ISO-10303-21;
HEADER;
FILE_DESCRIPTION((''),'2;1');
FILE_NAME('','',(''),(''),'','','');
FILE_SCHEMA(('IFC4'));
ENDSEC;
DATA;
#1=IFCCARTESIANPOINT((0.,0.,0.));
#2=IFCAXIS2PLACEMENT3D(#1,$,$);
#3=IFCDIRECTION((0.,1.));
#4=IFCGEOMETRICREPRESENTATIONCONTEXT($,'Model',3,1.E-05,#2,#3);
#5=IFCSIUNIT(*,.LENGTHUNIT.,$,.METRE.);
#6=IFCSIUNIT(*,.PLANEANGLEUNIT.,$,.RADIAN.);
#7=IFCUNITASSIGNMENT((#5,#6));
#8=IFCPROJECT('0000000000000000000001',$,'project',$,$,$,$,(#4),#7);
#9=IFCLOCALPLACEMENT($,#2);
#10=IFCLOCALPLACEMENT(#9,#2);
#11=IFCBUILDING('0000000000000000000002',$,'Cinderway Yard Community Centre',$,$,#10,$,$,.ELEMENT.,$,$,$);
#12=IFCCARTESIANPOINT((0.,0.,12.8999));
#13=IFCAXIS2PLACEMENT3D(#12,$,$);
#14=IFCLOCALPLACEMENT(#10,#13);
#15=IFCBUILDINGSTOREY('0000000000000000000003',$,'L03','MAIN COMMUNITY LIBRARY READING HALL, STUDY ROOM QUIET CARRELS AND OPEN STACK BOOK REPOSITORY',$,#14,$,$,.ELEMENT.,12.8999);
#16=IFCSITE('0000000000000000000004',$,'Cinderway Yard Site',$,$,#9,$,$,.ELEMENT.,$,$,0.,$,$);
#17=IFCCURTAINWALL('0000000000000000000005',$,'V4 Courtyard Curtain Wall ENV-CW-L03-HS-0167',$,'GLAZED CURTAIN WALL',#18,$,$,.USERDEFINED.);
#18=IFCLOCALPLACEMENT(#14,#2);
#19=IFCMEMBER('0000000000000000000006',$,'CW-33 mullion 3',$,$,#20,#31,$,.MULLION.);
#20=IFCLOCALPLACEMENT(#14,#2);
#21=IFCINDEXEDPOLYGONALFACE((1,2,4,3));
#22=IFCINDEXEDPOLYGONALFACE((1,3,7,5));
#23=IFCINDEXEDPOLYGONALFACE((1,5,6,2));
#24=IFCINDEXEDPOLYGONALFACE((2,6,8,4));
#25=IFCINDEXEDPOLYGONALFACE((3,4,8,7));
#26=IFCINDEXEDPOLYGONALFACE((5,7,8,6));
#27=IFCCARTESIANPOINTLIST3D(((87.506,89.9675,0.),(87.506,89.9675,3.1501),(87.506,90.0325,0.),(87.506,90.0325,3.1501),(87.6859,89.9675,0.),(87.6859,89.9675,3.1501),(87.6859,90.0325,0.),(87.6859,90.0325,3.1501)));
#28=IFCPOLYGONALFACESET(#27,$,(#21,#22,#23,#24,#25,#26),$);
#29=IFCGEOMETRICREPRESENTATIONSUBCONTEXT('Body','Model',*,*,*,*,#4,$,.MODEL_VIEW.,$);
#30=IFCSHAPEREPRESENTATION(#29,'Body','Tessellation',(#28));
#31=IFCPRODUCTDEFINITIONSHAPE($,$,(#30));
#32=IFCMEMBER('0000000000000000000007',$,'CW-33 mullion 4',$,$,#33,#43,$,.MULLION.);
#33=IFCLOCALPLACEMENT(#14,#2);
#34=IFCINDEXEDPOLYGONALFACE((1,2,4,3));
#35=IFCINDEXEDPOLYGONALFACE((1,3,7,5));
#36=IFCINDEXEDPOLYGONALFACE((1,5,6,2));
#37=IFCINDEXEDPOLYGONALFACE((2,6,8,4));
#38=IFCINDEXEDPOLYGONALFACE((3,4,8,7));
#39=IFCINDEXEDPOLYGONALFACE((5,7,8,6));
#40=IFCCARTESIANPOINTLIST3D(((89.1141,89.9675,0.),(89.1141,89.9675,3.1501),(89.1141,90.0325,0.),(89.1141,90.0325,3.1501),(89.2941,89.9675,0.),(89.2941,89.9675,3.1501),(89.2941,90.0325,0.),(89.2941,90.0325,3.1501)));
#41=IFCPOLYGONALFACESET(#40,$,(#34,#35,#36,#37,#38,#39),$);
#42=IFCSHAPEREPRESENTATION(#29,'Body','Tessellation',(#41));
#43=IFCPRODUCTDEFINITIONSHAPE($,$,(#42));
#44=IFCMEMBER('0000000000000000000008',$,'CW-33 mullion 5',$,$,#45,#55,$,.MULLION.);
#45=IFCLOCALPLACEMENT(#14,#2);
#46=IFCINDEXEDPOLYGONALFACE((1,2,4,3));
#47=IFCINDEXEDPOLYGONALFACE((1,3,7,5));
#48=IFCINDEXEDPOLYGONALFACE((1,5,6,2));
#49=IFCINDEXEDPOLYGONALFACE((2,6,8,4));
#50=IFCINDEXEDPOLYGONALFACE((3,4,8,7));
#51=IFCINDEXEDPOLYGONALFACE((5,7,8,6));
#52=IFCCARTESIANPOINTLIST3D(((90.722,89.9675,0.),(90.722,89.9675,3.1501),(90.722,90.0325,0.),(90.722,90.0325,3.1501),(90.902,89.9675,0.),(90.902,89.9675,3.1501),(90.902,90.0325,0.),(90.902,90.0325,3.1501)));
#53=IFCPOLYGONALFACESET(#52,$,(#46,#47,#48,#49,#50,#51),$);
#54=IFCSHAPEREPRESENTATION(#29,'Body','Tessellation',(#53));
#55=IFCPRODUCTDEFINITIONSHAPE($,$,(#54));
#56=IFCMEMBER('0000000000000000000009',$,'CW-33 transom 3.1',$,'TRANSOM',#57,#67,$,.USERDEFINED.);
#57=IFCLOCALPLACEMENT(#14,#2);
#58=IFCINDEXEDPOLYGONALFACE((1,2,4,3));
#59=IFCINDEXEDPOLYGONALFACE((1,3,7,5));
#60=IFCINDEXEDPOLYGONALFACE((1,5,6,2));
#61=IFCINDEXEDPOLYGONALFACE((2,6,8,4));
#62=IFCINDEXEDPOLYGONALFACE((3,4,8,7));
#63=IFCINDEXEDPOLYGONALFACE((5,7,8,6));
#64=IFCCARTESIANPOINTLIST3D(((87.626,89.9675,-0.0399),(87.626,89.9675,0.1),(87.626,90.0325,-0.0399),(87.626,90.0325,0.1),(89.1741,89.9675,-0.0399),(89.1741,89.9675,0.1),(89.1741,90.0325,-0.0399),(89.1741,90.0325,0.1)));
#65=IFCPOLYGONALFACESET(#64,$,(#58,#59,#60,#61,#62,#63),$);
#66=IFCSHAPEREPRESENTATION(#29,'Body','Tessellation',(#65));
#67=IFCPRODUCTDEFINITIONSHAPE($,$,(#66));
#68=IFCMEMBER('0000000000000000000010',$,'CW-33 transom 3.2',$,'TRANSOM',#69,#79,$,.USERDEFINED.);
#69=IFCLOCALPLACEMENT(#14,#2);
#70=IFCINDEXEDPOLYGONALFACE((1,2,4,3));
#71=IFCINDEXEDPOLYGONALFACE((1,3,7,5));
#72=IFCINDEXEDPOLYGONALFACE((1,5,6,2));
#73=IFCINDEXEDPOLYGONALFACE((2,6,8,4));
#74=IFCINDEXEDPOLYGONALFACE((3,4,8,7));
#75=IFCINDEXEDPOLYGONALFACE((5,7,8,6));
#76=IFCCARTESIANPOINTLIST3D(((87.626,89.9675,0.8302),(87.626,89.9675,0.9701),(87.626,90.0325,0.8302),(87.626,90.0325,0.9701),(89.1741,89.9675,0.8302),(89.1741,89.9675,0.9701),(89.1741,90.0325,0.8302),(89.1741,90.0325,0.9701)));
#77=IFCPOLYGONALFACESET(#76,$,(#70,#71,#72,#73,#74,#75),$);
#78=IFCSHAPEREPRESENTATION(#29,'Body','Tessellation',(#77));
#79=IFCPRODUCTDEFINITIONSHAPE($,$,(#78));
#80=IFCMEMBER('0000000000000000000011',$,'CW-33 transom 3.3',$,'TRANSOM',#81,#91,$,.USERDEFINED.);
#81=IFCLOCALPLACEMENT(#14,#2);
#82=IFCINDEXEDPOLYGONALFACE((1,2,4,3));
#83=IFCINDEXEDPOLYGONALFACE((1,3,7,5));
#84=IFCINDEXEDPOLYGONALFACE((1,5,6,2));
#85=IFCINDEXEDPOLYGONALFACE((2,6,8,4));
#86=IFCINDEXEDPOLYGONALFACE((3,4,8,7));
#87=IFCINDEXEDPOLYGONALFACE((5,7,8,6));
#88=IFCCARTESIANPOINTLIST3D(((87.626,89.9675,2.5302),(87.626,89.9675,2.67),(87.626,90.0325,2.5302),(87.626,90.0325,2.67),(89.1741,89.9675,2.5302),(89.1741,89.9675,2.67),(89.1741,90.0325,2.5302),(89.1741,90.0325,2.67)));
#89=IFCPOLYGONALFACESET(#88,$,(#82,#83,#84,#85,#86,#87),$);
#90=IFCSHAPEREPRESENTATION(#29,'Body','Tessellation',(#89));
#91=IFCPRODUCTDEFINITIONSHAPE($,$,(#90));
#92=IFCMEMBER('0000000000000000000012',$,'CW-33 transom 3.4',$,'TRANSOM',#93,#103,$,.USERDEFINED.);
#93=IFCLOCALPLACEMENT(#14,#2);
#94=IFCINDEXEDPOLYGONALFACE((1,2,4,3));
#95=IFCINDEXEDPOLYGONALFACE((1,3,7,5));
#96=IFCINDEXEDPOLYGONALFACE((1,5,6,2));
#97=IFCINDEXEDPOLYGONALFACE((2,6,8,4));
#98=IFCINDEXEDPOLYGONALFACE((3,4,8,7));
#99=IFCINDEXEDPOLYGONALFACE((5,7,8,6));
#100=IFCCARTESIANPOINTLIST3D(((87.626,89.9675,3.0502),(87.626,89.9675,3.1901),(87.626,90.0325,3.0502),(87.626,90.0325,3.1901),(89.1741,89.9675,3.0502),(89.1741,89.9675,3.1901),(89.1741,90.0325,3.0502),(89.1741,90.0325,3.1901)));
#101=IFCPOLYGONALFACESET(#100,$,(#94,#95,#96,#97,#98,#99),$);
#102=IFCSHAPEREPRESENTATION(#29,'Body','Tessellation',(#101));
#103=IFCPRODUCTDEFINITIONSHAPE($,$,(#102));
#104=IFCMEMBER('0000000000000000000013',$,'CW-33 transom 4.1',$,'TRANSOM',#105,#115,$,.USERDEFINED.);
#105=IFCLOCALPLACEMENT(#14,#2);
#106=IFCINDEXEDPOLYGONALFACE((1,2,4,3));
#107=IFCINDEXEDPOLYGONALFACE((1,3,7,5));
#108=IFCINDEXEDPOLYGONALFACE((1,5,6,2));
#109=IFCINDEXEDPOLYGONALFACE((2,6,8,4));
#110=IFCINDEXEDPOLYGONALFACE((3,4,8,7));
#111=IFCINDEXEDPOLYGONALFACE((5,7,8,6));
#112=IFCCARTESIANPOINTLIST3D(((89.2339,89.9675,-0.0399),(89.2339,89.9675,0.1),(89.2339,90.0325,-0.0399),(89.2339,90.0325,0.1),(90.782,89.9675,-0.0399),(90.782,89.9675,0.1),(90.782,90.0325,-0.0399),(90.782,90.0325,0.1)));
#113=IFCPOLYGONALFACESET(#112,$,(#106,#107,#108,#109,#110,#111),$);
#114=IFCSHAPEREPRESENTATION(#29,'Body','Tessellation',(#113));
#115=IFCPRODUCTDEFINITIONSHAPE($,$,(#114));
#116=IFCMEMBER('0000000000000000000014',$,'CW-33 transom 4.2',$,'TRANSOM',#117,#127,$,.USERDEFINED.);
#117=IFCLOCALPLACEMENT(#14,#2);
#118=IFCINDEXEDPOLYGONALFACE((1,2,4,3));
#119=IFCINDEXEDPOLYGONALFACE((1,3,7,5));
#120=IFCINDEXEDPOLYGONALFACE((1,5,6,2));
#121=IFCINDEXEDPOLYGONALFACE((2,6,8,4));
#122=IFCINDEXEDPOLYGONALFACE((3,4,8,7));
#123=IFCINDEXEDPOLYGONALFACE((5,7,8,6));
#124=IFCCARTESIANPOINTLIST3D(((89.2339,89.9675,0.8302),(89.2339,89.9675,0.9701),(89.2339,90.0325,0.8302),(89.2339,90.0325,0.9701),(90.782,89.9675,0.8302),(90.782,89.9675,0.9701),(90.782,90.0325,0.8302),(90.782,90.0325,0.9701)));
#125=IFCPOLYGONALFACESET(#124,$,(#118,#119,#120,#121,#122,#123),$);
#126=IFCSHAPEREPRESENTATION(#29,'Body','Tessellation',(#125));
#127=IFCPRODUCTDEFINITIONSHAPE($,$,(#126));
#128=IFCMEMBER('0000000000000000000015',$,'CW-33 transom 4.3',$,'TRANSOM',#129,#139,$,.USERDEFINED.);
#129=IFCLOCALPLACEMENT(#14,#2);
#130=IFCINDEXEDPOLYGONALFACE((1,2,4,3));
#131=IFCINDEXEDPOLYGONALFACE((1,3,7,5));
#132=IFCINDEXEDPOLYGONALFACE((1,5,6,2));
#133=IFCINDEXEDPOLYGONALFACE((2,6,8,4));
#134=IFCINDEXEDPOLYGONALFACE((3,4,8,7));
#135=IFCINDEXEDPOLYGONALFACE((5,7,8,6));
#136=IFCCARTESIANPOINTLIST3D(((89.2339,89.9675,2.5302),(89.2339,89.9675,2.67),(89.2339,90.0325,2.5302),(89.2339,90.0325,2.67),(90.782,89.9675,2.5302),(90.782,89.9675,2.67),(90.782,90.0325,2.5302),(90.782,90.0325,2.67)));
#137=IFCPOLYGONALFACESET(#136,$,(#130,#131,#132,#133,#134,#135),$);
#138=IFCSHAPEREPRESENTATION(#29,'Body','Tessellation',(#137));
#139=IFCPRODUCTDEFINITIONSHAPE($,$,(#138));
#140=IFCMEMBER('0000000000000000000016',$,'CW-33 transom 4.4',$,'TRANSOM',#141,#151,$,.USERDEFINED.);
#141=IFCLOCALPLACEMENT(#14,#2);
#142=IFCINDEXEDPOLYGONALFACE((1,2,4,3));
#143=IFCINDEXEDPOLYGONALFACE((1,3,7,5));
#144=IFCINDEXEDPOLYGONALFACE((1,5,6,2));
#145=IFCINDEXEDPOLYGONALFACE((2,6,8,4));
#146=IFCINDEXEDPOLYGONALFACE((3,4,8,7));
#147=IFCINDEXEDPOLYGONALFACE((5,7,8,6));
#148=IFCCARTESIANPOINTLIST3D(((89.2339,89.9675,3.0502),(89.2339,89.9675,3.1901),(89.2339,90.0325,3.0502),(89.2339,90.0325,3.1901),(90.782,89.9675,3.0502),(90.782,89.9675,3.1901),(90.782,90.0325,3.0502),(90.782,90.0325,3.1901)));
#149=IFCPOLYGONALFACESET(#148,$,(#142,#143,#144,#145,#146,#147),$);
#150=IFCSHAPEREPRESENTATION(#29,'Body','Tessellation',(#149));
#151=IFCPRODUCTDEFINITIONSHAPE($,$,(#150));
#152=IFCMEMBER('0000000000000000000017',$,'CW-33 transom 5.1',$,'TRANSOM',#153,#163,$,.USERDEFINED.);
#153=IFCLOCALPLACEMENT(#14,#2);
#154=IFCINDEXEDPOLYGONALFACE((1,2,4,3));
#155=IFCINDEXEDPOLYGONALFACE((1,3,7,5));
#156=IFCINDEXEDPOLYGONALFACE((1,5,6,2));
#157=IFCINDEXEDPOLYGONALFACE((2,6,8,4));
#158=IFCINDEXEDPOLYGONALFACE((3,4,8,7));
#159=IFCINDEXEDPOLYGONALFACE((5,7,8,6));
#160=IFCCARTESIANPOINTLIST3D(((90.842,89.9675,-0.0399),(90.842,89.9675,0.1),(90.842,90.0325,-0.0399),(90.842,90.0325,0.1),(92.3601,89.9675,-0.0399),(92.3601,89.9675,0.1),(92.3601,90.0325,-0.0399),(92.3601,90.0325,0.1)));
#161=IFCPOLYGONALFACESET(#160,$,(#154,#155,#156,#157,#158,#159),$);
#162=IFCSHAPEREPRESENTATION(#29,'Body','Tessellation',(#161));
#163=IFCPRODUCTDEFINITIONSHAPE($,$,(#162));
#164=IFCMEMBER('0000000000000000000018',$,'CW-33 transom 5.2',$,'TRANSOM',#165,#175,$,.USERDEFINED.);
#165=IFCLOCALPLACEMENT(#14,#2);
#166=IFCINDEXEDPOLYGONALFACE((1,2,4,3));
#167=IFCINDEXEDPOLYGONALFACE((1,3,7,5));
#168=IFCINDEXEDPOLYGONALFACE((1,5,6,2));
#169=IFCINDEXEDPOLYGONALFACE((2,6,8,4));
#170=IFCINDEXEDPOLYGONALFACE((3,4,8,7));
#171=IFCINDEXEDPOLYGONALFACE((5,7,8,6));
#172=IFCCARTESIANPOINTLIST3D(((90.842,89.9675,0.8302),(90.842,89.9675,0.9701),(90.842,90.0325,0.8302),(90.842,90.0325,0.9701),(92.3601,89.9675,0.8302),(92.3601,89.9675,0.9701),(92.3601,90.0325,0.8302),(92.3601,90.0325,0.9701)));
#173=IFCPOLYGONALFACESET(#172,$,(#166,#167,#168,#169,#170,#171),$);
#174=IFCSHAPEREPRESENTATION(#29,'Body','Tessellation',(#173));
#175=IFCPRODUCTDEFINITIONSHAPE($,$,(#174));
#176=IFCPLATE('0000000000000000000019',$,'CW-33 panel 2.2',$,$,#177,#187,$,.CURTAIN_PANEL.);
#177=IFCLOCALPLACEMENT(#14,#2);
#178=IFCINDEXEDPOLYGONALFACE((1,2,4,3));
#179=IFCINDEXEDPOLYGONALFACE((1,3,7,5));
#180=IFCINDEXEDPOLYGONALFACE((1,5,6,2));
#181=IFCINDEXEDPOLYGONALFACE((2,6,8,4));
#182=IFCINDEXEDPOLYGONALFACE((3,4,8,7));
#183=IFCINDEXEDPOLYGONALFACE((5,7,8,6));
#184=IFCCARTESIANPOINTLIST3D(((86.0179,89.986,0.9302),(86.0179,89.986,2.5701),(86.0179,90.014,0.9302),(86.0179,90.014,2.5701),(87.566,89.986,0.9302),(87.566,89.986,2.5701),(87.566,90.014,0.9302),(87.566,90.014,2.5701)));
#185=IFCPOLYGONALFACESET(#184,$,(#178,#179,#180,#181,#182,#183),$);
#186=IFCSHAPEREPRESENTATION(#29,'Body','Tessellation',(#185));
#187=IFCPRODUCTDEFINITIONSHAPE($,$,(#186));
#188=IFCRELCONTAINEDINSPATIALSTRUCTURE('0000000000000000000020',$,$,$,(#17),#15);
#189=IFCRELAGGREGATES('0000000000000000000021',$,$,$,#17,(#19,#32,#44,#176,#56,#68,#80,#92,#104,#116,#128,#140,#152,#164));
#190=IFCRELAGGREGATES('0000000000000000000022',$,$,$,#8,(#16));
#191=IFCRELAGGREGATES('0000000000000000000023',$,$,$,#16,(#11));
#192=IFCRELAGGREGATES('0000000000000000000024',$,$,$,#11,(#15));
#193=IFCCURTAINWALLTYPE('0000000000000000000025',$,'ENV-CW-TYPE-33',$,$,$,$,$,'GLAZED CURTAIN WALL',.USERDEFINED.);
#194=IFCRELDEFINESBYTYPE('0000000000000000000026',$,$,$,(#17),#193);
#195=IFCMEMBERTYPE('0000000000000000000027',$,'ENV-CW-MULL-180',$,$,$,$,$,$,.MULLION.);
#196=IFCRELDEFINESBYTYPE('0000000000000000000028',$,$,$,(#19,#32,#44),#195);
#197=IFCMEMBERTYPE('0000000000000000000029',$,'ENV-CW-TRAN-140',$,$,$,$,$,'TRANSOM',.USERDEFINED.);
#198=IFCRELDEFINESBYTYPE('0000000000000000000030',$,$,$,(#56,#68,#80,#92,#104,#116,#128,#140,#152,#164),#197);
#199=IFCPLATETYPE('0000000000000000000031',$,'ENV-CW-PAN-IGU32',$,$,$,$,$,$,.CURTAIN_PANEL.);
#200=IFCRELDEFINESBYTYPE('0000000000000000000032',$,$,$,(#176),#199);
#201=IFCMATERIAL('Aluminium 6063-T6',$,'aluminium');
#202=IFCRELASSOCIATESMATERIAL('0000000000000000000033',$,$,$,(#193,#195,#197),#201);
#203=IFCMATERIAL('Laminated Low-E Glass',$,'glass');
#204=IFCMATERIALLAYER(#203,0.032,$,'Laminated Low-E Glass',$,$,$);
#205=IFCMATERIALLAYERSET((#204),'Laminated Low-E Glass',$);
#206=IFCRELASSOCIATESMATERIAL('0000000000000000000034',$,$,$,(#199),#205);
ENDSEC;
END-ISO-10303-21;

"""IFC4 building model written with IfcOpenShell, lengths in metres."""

from ifc_helpers import new_model, si_unit, direction, frame, origin, origin_2d, place, context, subcontext, project, spatial, rectangle, extrude, material, layer, layer_set, material_profile, profile_set, type_object, element, aggregate, save


model = new_model("IFC4")

# Units and contexts
model_context = context("Model", 3, precision=1e-05, world=origin(), true_north=direction((0.0, 1.0)))
body_context = subcontext(model_context, "Body", "Model", "MODEL_VIEW")
ifc_project = project(units=[si_unit("LENGTHUNIT", "METRE"), si_unit("PLANEANGLEUNIT", "RADIAN")], contexts=[model_context])

# Site, building, storey
site_placement = place(None, origin())
site = spatial("IfcSite", under=ifc_project, at=site_placement, Name="Cinderway Yard Site", CompositionType="ELEMENT", RefElevation=0.0)
building_placement = place(site_placement, origin())
building = spatial("IfcBuilding", under=site, at=building_placement, Name="Cinderway Yard Community Centre", CompositionType="ELEMENT")
storey_placement = place(building_placement, frame((0.0, 0.0, 12.8999)))
storey = spatial("IfcBuildingStorey", under=building, at=storey_placement, Name="L03", Description="MAIN COMMUNITY LIBRARY READING HALL, STUDY ROOM QUIET CARRELS AND OPEN STACK BOOK REPOSITORY", CompositionType="ELEMENT", Elevation=12.8999)

# Curtain wall, members, plate
ifc_material_1 = material(Name="Aluminium 6063-T6", Category="aluminium")
curtain_wall_type = type_object("IfcCurtainWallType", Name="ENV-CW-TYPE-33", ElementType="GLAZED CURTAIN WALL", PredefinedType="USERDEFINED", material=ifc_material_1)
curtain_wall_placement = place(storey_placement, origin())
curtain_wall = element("IfcCurtainWall", 1, at=curtain_wall_placement, inside=storey, type_object=curtain_wall_type, Name="V4 Courtyard Curtain Wall ENV-CW-L03-HS-0167", ObjectType="GLAZED CURTAIN WALL", PredefinedType="USERDEFINED")
ifc_material_profile_1 = material_profile(ifc_material_1, rectangle(XDim=0.0649, YDim=0.1799, at=origin_2d()), Name="Aluminium 6063-T6")
ifc_profile_set_1 = profile_set([ifc_material_profile_1], Name="Aluminium 6063-T6")
member_type_1 = type_object("IfcMemberType", Name="ENV-CW-MULL-180", PredefinedType="MULLION", material=ifc_profile_set_1)
member_1_placement = place(storey_placement, frame((87.5959, 90.0, 0.0), z_axis=(0.0, 0.0, 1.0), x_axis=(0.0, 1.0, 0.0)))
member_1 = element("IfcMember", 2, at=member_1_placement, type_object=member_type_1, Name="CW-33 mullion 3", PredefinedType="MULLION", context=body_context, shape_type="SweptSolid", body=[
    extrude(rectangle(XDim=0.0649, YDim=0.1799, at=origin_2d()), origin(), (0.0, 0.0, 1.0), 3.1501),
])
member_2_placement = place(storey_placement, frame((89.2041, 90.0, 0.0), z_axis=(0.0, 0.0, 1.0), x_axis=(0.0, 1.0, 0.0)))
member_2 = element("IfcMember", 3, at=member_2_placement, type_object=member_type_1, Name="CW-33 mullion 4", PredefinedType="MULLION", context=body_context, shape_type="SweptSolid", body=[
    extrude(rectangle(XDim=0.0649, YDim=0.1799, at=origin_2d()), origin(), (0.0, 0.0, 1.0), 3.1501),
])
member_3_placement = place(storey_placement, frame((90.812, 90.0, 0.0), z_axis=(0.0, 0.0, 1.0), x_axis=(0.0, 1.0, 0.0)))
member_3 = element("IfcMember", 4, at=member_3_placement, type_object=member_type_1, Name="CW-33 mullion 5", PredefinedType="MULLION", context=body_context, shape_type="SweptSolid", body=[
    extrude(rectangle(XDim=0.0649, YDim=0.1799, at=origin_2d()), origin(), (0.0, 0.0, 1.0), 3.1501),
])
ifc_material_profile_2 = material_profile(ifc_material_1, rectangle(XDim=0.0649, YDim=0.1399, at=origin_2d()), Name="Aluminium 6063-T6")
ifc_profile_set_2 = profile_set([ifc_material_profile_2], Name="Aluminium 6063-T6")
member_type_2 = type_object("IfcMemberType", Name="ENV-CW-TRAN-140", ElementType="TRANSOM", PredefinedType="USERDEFINED", material=ifc_profile_set_2)
member_4_placement = place(storey_placement, frame((87.626, 90.0, 0.03), z_axis=(1.0, 0.0, 0.0), x_axis=(0.0, 1.0, 0.0)))
member_4 = element("IfcMember", 5, at=member_4_placement, type_object=member_type_2, Name="CW-33 transom 3.1", ObjectType="TRANSOM", PredefinedType="USERDEFINED", context=body_context, shape_type="SweptSolid", body=[
    extrude(rectangle(XDim=0.0649, YDim=0.1399, at=origin_2d()), origin(), (0.0, 0.0, 1.0), 1.5481),
])
member_5_placement = place(storey_placement, frame((87.626, 90.0, 0.9001), z_axis=(1.0, 0.0, 0.0), x_axis=(0.0, 1.0, 0.0)))
member_5 = element("IfcMember", 6, at=member_5_placement, type_object=member_type_2, Name="CW-33 transom 3.2", ObjectType="TRANSOM", PredefinedType="USERDEFINED", context=body_context, shape_type="SweptSolid", body=[
    extrude(rectangle(XDim=0.0649, YDim=0.1399, at=origin_2d()), origin(), (0.0, 0.0, 1.0), 1.5481),
])
member_6_placement = place(storey_placement, frame((87.626, 90.0, 2.6001), z_axis=(1.0, 0.0, 0.0), x_axis=(0.0, 1.0, 0.0)))
member_6 = element("IfcMember", 7, at=member_6_placement, type_object=member_type_2, Name="CW-33 transom 3.3", ObjectType="TRANSOM", PredefinedType="USERDEFINED", context=body_context, shape_type="SweptSolid", body=[
    extrude(rectangle(XDim=0.0649, YDim=0.1399, at=origin_2d()), origin(), (0.0, 0.0, 1.0), 1.5481),
])
member_7_placement = place(storey_placement, frame((87.626, 90.0, 3.1201), z_axis=(1.0, 0.0, 0.0), x_axis=(0.0, 1.0, 0.0)))
member_7 = element("IfcMember", 8, at=member_7_placement, type_object=member_type_2, Name="CW-33 transom 3.4", ObjectType="TRANSOM", PredefinedType="USERDEFINED", context=body_context, shape_type="SweptSolid", body=[
    extrude(rectangle(XDim=0.0649, YDim=0.1399, at=origin_2d()), origin(), (0.0, 0.0, 1.0), 1.5481),
])
member_8_placement = place(storey_placement, frame((89.2339, 90.0, 0.03), z_axis=(1.0, 0.0, 0.0), x_axis=(0.0, 1.0, 0.0)))
member_8 = element("IfcMember", 9, at=member_8_placement, type_object=member_type_2, Name="CW-33 transom 4.1", ObjectType="TRANSOM", PredefinedType="USERDEFINED", context=body_context, shape_type="SweptSolid", body=[
    extrude(rectangle(XDim=0.0649, YDim=0.1399, at=origin_2d()), origin(), (0.0, 0.0, 1.0), 1.5481),
])
member_9_placement = place(storey_placement, frame((89.2339, 90.0, 0.9001), z_axis=(1.0, 0.0, 0.0), x_axis=(0.0, 1.0, 0.0)))
member_9 = element("IfcMember", 10, at=member_9_placement, type_object=member_type_2, Name="CW-33 transom 4.2", ObjectType="TRANSOM", PredefinedType="USERDEFINED", context=body_context, shape_type="SweptSolid", body=[
    extrude(rectangle(XDim=0.0649, YDim=0.1399, at=origin_2d()), origin(), (0.0, 0.0, 1.0), 1.5481),
])
member_10_placement = place(storey_placement, frame((89.2339, 90.0, 2.6001), z_axis=(1.0, 0.0, 0.0), x_axis=(0.0, 1.0, 0.0)))
member_10 = element("IfcMember", 11, at=member_10_placement, type_object=member_type_2, Name="CW-33 transom 4.3", ObjectType="TRANSOM", PredefinedType="USERDEFINED", context=body_context, shape_type="SweptSolid", body=[
    extrude(rectangle(XDim=0.0649, YDim=0.1399, at=origin_2d()), origin(), (0.0, 0.0, 1.0), 1.5481),
])
member_11_placement = place(storey_placement, frame((89.2339, 90.0, 3.1201), z_axis=(1.0, 0.0, 0.0), x_axis=(0.0, 1.0, 0.0)))
member_11 = element("IfcMember", 12, at=member_11_placement, type_object=member_type_2, Name="CW-33 transom 4.4", ObjectType="TRANSOM", PredefinedType="USERDEFINED", context=body_context, shape_type="SweptSolid", body=[
    extrude(rectangle(XDim=0.0649, YDim=0.1399, at=origin_2d()), origin(), (0.0, 0.0, 1.0), 1.5481),
])
member_12_placement = place(storey_placement, frame((90.842, 90.0, 0.03), z_axis=(1.0, 0.0, 0.0), x_axis=(0.0, 1.0, 0.0)))
member_12 = element("IfcMember", 13, at=member_12_placement, type_object=member_type_2, Name="CW-33 transom 5.1", ObjectType="TRANSOM", PredefinedType="USERDEFINED", context=body_context, shape_type="SweptSolid", body=[
    extrude(rectangle(XDim=0.0649, YDim=0.1399, at=origin_2d()), origin(), (0.0, 0.0, 1.0), 1.5181),
])
member_13_placement = place(storey_placement, frame((90.842, 90.0, 0.9001), z_axis=(1.0, 0.0, 0.0), x_axis=(0.0, 1.0, 0.0)))
member_13 = element("IfcMember", 14, at=member_13_placement, type_object=member_type_2, Name="CW-33 transom 5.2", ObjectType="TRANSOM", PredefinedType="USERDEFINED", context=body_context, shape_type="SweptSolid", body=[
    extrude(rectangle(XDim=0.0649, YDim=0.1399, at=origin_2d()), origin(), (0.0, 0.0, 1.0), 1.5181),
])
ifc_material_2 = material(Name="Laminated Low-E Glass", Category="glass")
ifc_layer = layer(ifc_material_2, 0.032, Name="Laminated Low-E Glass")
ifc_layer_set = layer_set([ifc_layer], Name="Laminated Low-E Glass")
plate_type = type_object("IfcPlateType", Name="ENV-CW-PAN-IGU32", PredefinedType="CURTAIN_PANEL", material=ifc_layer_set)
plate_1_placement = place(storey_placement, frame((86.792, 90.0, 0.9302), z_axis=(0.0, 0.0, 1.0), x_axis=(1.0, 0.0, 0.0)))
plate_1 = element("IfcPlate", 15, at=plate_1_placement, type_object=plate_type, Name="CW-33 panel 2.2", PredefinedType="CURTAIN_PANEL", context=body_context, shape_type="SweptSolid", body=[
    extrude(rectangle(XDim=1.5481, YDim=0.0281, at=origin_2d()), origin(), (0.0, 0.0, 1.0), 1.6399),
])
aggregate(curtain_wall, [member_1, member_2, member_3, plate_1, member_4, member_5, member_6, member_7, member_8, member_9, member_10, member_11, member_12, member_13])

save(model, "model.ifc")
